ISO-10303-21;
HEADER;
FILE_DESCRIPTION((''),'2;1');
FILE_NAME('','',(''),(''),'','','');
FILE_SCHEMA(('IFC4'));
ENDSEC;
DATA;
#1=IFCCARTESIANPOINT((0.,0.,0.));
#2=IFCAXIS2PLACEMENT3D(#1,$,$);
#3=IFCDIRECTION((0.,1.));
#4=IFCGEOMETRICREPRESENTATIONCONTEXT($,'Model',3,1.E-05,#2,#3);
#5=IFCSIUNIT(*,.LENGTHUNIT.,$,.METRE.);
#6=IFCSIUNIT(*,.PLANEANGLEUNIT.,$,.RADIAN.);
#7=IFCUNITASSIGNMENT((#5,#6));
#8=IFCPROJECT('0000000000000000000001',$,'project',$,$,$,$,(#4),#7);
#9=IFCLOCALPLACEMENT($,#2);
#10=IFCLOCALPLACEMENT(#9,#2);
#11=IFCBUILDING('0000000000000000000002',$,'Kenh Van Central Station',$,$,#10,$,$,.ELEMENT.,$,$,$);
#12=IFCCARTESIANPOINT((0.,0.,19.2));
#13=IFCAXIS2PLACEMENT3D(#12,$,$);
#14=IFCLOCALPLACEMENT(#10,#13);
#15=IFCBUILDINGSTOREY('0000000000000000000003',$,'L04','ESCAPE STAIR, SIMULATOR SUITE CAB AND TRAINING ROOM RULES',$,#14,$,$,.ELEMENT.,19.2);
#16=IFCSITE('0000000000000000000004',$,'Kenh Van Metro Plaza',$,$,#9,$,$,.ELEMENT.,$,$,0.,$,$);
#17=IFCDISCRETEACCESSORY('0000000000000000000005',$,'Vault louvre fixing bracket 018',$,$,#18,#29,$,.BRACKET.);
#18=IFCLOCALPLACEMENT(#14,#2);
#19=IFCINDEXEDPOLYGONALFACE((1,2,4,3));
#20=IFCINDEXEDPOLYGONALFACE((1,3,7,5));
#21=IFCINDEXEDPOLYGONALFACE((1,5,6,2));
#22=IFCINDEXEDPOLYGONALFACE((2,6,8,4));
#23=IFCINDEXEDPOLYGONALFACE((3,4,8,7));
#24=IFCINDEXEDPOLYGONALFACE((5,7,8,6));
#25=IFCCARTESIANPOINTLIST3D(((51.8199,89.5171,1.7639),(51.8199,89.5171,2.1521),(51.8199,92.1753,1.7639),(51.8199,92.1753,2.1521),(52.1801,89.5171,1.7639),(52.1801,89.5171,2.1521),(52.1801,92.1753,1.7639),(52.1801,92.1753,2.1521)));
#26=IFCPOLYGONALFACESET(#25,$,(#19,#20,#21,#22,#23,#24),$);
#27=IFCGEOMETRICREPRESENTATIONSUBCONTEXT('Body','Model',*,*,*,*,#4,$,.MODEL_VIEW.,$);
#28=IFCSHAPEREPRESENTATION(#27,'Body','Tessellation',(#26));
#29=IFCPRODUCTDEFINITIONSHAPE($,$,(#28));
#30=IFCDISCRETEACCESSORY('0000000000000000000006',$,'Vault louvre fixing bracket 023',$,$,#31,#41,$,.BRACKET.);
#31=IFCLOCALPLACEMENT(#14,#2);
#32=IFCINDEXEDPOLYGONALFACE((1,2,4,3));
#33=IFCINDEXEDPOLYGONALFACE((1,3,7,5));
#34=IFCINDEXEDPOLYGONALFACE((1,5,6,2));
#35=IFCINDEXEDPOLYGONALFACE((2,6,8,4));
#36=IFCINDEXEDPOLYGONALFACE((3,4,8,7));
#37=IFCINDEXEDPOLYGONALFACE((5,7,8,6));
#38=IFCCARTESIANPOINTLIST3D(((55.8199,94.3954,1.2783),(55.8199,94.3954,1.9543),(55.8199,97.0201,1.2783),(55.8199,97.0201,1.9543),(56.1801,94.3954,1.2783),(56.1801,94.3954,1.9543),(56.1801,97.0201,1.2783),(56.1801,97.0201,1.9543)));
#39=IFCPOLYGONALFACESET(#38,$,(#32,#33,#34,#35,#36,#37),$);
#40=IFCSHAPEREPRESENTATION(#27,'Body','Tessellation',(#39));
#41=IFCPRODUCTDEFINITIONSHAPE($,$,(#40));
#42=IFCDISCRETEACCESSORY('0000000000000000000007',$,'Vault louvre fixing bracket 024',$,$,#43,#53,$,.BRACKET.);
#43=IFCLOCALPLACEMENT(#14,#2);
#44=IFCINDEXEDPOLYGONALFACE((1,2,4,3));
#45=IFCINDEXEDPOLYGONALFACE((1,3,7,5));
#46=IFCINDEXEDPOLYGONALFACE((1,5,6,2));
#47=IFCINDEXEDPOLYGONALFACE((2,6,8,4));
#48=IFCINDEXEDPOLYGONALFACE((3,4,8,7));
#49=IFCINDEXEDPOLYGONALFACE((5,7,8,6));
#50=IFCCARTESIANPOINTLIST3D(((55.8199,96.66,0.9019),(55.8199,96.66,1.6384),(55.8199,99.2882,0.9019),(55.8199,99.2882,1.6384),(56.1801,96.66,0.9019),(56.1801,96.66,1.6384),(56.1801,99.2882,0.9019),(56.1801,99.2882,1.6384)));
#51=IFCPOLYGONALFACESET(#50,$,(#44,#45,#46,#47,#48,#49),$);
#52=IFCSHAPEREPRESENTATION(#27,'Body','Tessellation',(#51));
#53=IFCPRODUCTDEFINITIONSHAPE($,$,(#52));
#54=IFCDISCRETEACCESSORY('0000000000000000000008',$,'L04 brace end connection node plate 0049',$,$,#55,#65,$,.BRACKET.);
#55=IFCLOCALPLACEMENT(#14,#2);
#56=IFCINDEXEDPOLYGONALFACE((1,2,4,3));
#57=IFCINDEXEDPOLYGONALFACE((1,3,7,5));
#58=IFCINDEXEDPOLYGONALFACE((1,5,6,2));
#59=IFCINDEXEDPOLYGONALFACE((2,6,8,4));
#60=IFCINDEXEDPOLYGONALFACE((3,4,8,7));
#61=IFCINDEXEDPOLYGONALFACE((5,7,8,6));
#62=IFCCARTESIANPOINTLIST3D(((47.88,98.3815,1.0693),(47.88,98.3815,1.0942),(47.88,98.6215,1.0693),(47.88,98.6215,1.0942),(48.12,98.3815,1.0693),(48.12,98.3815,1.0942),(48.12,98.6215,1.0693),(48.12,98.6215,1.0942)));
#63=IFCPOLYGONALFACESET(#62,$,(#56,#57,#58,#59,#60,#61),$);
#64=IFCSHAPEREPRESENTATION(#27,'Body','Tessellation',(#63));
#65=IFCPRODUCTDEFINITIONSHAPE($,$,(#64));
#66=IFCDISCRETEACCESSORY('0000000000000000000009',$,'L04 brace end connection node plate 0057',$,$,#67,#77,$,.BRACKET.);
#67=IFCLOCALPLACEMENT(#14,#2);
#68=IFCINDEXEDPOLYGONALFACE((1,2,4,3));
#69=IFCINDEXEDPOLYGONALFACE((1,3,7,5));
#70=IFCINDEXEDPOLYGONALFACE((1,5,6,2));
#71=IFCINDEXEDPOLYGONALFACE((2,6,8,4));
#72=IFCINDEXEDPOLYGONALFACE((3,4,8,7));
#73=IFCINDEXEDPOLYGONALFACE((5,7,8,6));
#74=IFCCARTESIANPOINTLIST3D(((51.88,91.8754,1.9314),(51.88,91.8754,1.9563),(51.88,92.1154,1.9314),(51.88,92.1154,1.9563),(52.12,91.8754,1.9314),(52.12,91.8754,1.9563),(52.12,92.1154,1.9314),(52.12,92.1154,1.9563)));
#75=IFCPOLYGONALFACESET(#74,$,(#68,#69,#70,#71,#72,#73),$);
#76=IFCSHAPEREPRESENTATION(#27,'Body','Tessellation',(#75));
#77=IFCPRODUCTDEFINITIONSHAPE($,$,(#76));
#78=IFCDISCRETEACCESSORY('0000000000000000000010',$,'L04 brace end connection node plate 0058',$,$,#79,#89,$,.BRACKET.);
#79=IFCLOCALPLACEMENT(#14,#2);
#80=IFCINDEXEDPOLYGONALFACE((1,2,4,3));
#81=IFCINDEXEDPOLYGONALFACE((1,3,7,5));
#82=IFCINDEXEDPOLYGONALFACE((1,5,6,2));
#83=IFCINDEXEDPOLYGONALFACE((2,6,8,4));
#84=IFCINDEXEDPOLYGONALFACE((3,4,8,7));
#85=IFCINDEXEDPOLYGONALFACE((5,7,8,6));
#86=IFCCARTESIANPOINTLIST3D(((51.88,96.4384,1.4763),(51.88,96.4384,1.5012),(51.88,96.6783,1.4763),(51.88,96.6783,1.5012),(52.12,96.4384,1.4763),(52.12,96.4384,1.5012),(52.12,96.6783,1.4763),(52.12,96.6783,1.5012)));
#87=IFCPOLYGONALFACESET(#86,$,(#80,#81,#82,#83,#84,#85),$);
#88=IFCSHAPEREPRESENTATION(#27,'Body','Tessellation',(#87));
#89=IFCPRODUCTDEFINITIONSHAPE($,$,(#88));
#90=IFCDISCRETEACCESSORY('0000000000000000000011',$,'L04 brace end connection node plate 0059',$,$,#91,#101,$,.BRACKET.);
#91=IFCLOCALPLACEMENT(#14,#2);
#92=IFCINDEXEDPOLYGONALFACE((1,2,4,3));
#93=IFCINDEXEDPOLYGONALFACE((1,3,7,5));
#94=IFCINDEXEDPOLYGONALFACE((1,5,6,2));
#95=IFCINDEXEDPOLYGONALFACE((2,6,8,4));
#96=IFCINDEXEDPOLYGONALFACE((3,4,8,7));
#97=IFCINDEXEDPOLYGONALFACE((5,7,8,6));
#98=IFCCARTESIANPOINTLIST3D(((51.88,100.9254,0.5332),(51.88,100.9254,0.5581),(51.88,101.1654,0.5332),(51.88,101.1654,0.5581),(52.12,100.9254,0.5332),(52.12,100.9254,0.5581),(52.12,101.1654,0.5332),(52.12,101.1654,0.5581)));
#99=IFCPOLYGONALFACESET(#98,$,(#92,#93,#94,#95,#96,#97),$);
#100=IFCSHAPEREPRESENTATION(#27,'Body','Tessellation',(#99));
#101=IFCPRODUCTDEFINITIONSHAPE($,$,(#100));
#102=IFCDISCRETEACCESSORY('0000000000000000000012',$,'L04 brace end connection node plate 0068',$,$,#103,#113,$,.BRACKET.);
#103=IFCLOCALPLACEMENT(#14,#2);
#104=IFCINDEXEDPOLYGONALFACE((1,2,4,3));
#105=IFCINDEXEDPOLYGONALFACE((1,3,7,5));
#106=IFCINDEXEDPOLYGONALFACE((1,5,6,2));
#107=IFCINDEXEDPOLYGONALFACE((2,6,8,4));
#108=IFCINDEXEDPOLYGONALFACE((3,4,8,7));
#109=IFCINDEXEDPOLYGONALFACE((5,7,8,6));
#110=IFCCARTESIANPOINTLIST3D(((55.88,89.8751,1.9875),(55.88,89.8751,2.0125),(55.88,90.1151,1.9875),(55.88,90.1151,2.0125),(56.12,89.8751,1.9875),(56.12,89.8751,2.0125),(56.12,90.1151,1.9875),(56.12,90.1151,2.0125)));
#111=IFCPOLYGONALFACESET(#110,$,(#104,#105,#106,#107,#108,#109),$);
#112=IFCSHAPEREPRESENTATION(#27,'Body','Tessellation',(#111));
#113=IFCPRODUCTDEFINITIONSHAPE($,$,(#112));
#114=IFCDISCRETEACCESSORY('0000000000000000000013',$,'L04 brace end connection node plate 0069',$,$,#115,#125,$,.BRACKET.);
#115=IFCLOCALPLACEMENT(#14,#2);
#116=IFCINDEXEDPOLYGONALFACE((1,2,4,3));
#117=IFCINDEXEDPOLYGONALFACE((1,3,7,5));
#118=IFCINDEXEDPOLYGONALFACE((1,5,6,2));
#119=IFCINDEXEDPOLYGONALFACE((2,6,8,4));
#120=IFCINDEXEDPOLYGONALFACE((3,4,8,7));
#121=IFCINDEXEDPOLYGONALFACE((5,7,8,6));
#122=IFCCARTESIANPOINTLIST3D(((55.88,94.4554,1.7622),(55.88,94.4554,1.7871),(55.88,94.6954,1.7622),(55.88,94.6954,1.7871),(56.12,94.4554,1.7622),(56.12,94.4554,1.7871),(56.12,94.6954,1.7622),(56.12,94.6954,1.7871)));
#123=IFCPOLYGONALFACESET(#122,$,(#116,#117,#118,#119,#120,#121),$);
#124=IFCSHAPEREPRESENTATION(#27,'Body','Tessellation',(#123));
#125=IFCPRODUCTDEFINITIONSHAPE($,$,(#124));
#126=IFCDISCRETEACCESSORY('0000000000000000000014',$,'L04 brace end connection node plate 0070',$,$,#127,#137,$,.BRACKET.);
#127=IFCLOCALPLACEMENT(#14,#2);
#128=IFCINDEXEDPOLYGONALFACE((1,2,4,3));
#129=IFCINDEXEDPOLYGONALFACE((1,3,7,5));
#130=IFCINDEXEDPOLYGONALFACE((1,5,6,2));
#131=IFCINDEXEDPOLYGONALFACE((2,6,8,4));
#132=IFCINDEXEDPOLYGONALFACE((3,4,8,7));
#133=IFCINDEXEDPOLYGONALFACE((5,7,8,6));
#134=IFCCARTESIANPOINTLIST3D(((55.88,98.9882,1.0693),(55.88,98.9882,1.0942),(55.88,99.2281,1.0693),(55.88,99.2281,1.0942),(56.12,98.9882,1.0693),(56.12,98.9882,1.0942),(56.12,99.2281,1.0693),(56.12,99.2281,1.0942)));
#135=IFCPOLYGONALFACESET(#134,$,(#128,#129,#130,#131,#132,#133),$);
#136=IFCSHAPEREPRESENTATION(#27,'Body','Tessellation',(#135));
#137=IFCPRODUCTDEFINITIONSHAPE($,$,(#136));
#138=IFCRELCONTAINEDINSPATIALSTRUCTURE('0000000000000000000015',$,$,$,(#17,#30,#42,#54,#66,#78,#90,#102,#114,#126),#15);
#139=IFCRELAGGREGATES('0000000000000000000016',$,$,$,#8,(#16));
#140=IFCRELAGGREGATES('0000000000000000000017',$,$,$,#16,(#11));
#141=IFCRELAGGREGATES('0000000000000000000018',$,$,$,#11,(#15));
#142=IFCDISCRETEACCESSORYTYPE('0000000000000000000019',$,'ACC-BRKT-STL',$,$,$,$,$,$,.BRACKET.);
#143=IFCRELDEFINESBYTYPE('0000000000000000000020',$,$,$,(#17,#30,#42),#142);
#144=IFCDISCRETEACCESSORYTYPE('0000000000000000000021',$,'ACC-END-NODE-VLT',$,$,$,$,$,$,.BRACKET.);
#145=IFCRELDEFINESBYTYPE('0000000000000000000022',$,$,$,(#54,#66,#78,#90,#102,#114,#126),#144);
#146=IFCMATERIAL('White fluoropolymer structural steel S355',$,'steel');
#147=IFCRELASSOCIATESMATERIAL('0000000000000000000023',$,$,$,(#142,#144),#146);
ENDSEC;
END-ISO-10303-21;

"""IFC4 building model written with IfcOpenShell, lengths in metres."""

from ifc_helpers import new_model, si_unit, direction, frame, origin, origin_2d, place, context, subcontext, project, spatial, rectangle, extrude, material, type_object, element, save


model = new_model("IFC4")

# Units and contexts
model_context = context("Model", 3, precision=1e-05, world=origin(), true_north=direction((0.0, 1.0)))
body_context = subcontext(model_context, "Body", "Model", "MODEL_VIEW")
ifc_project = project(units=[si_unit("LENGTHUNIT", "METRE"), si_unit("PLANEANGLEUNIT", "RADIAN")], contexts=[model_context])

# Site, building, storey
site_placement = place(None, origin())
site = spatial("IfcSite", under=ifc_project, at=site_placement, Name="Kenh Van Metro Plaza", CompositionType="ELEMENT", RefElevation=0.0)
building_placement = place(site_placement, origin())
building = spatial("IfcBuilding", under=site, at=building_placement, Name="Kenh Van Central Station", CompositionType="ELEMENT")
storey_placement = place(building_placement, frame((0.0, 0.0, 19.2)))
storey = spatial("IfcBuildingStorey", under=building, at=storey_placement, Name="L04", Description="ESCAPE STAIR, SIMULATOR SUITE CAB AND TRAINING ROOM RULES", CompositionType="ELEMENT", Elevation=19.2)

# Shared definitions
ifc_material_1 = material(Name="White fluoropolymer structural steel S355", Category="steel")

# Discrete accessories
discrete_accessory_type_1 = type_object("IfcDiscreteAccessoryType", Name="ACC-BRKT-STL", PredefinedType="BRACKET", material=ifc_material_1)
discrete_accessory_1_placement = place(storey_placement, frame((52.0, 90.8462, 1.7639), z_axis=(0.0, 0.0, 1.0), x_axis=(1.0, 0.0, 0.0)))
element("IfcDiscreteAccessory", 1, at=discrete_accessory_1_placement, inside=storey, type_object=discrete_accessory_type_1, Name="Vault louvre fixing bracket 018", PredefinedType="BRACKET", context=body_context, shape_type="SweptSolid", body=[
    extrude(rectangle(XDim=0.3601, YDim=2.6582, at=origin_2d()), origin(), (0.0, 0.0, 1.0), 0.3882),
])
discrete_accessory_2_placement = place(storey_placement, frame((56.0, 95.7078, 1.2783), z_axis=(0.0, 0.0, 1.0), x_axis=(1.0, 0.0, 0.0)))
element("IfcDiscreteAccessory", 2, at=discrete_accessory_2_placement, inside=storey, type_object=discrete_accessory_type_1, Name="Vault louvre fixing bracket 023", PredefinedType="BRACKET", context=body_context, shape_type="SweptSolid", body=[
    extrude(rectangle(XDim=0.3601, YDim=2.6248, at=origin_2d()), origin(), (0.0, 0.0, 1.0), 0.676),
])
discrete_accessory_3_placement = place(storey_placement, frame((56.0, 97.9741, 0.9019), z_axis=(0.0, 0.0, 1.0), x_axis=(1.0, 0.0, 0.0)))
element("IfcDiscreteAccessory", 3, at=discrete_accessory_3_placement, inside=storey, type_object=discrete_accessory_type_1, Name="Vault louvre fixing bracket 024", PredefinedType="BRACKET", context=body_context, shape_type="SweptSolid", body=[
    extrude(rectangle(XDim=0.3601, YDim=2.6282, at=origin_2d()), origin(), (0.0, 0.0, 1.0), 0.7366),
])
discrete_accessory_type_2 = type_object("IfcDiscreteAccessoryType", Name="ACC-END-NODE-VLT", PredefinedType="BRACKET", material=ifc_material_1)
for number, where, z_axis, x_axis, name in (
    (4, (48.0, 98.5015, 1.0693), (0.0, 0.0, 1.0), (1.0, 0.0, 0.0), "L04 brace end connection node plate 0049"),
    (5, (52.0, 91.9954, 1.9314), (0.0, 0.0, 1.0), (1.0, 0.0, 0.0), "L04 brace end connection node plate 0057"),
    (6, (52.0, 96.5583, 1.4763), (0.0, 0.0, 1.0), (1.0, 0.0, 0.0), "L04 brace end connection node plate 0058"),
    (7, (52.0, 101.0454, 0.5332), (0.0, 0.0, 1.0), (1.0, 0.0, 0.0), "L04 brace end connection node plate 0059"),
    (8, (56.0, 89.9951, 1.9875), (0.0, 0.0, 1.0), (1.0, 0.0, 0.0), "L04 brace end connection node plate 0068"),
    (9, (56.0, 94.5754, 1.7622), (0.0, 0.0, 1.0), (1.0, 0.0, 0.0), "L04 brace end connection node plate 0069"),
    (10, (56.0, 99.1082, 1.0693), (0.0, 0.0, 1.0), (1.0, 0.0, 0.0), "L04 brace end connection node plate 0070"),
):
    element("IfcDiscreteAccessory", number, at=place(storey_placement, frame(where, z_axis=z_axis, x_axis=x_axis)), inside=storey, type_object=discrete_accessory_type_2, Name=name, PredefinedType="BRACKET", context=body_context, shape_type="SweptSolid", body=[
        extrude(rectangle(XDim=0.24, YDim=0.24, at=origin_2d()), origin(), (0.0, 0.0, 1.0), 0.0249),
    ])

save(model, "model.ifc")
